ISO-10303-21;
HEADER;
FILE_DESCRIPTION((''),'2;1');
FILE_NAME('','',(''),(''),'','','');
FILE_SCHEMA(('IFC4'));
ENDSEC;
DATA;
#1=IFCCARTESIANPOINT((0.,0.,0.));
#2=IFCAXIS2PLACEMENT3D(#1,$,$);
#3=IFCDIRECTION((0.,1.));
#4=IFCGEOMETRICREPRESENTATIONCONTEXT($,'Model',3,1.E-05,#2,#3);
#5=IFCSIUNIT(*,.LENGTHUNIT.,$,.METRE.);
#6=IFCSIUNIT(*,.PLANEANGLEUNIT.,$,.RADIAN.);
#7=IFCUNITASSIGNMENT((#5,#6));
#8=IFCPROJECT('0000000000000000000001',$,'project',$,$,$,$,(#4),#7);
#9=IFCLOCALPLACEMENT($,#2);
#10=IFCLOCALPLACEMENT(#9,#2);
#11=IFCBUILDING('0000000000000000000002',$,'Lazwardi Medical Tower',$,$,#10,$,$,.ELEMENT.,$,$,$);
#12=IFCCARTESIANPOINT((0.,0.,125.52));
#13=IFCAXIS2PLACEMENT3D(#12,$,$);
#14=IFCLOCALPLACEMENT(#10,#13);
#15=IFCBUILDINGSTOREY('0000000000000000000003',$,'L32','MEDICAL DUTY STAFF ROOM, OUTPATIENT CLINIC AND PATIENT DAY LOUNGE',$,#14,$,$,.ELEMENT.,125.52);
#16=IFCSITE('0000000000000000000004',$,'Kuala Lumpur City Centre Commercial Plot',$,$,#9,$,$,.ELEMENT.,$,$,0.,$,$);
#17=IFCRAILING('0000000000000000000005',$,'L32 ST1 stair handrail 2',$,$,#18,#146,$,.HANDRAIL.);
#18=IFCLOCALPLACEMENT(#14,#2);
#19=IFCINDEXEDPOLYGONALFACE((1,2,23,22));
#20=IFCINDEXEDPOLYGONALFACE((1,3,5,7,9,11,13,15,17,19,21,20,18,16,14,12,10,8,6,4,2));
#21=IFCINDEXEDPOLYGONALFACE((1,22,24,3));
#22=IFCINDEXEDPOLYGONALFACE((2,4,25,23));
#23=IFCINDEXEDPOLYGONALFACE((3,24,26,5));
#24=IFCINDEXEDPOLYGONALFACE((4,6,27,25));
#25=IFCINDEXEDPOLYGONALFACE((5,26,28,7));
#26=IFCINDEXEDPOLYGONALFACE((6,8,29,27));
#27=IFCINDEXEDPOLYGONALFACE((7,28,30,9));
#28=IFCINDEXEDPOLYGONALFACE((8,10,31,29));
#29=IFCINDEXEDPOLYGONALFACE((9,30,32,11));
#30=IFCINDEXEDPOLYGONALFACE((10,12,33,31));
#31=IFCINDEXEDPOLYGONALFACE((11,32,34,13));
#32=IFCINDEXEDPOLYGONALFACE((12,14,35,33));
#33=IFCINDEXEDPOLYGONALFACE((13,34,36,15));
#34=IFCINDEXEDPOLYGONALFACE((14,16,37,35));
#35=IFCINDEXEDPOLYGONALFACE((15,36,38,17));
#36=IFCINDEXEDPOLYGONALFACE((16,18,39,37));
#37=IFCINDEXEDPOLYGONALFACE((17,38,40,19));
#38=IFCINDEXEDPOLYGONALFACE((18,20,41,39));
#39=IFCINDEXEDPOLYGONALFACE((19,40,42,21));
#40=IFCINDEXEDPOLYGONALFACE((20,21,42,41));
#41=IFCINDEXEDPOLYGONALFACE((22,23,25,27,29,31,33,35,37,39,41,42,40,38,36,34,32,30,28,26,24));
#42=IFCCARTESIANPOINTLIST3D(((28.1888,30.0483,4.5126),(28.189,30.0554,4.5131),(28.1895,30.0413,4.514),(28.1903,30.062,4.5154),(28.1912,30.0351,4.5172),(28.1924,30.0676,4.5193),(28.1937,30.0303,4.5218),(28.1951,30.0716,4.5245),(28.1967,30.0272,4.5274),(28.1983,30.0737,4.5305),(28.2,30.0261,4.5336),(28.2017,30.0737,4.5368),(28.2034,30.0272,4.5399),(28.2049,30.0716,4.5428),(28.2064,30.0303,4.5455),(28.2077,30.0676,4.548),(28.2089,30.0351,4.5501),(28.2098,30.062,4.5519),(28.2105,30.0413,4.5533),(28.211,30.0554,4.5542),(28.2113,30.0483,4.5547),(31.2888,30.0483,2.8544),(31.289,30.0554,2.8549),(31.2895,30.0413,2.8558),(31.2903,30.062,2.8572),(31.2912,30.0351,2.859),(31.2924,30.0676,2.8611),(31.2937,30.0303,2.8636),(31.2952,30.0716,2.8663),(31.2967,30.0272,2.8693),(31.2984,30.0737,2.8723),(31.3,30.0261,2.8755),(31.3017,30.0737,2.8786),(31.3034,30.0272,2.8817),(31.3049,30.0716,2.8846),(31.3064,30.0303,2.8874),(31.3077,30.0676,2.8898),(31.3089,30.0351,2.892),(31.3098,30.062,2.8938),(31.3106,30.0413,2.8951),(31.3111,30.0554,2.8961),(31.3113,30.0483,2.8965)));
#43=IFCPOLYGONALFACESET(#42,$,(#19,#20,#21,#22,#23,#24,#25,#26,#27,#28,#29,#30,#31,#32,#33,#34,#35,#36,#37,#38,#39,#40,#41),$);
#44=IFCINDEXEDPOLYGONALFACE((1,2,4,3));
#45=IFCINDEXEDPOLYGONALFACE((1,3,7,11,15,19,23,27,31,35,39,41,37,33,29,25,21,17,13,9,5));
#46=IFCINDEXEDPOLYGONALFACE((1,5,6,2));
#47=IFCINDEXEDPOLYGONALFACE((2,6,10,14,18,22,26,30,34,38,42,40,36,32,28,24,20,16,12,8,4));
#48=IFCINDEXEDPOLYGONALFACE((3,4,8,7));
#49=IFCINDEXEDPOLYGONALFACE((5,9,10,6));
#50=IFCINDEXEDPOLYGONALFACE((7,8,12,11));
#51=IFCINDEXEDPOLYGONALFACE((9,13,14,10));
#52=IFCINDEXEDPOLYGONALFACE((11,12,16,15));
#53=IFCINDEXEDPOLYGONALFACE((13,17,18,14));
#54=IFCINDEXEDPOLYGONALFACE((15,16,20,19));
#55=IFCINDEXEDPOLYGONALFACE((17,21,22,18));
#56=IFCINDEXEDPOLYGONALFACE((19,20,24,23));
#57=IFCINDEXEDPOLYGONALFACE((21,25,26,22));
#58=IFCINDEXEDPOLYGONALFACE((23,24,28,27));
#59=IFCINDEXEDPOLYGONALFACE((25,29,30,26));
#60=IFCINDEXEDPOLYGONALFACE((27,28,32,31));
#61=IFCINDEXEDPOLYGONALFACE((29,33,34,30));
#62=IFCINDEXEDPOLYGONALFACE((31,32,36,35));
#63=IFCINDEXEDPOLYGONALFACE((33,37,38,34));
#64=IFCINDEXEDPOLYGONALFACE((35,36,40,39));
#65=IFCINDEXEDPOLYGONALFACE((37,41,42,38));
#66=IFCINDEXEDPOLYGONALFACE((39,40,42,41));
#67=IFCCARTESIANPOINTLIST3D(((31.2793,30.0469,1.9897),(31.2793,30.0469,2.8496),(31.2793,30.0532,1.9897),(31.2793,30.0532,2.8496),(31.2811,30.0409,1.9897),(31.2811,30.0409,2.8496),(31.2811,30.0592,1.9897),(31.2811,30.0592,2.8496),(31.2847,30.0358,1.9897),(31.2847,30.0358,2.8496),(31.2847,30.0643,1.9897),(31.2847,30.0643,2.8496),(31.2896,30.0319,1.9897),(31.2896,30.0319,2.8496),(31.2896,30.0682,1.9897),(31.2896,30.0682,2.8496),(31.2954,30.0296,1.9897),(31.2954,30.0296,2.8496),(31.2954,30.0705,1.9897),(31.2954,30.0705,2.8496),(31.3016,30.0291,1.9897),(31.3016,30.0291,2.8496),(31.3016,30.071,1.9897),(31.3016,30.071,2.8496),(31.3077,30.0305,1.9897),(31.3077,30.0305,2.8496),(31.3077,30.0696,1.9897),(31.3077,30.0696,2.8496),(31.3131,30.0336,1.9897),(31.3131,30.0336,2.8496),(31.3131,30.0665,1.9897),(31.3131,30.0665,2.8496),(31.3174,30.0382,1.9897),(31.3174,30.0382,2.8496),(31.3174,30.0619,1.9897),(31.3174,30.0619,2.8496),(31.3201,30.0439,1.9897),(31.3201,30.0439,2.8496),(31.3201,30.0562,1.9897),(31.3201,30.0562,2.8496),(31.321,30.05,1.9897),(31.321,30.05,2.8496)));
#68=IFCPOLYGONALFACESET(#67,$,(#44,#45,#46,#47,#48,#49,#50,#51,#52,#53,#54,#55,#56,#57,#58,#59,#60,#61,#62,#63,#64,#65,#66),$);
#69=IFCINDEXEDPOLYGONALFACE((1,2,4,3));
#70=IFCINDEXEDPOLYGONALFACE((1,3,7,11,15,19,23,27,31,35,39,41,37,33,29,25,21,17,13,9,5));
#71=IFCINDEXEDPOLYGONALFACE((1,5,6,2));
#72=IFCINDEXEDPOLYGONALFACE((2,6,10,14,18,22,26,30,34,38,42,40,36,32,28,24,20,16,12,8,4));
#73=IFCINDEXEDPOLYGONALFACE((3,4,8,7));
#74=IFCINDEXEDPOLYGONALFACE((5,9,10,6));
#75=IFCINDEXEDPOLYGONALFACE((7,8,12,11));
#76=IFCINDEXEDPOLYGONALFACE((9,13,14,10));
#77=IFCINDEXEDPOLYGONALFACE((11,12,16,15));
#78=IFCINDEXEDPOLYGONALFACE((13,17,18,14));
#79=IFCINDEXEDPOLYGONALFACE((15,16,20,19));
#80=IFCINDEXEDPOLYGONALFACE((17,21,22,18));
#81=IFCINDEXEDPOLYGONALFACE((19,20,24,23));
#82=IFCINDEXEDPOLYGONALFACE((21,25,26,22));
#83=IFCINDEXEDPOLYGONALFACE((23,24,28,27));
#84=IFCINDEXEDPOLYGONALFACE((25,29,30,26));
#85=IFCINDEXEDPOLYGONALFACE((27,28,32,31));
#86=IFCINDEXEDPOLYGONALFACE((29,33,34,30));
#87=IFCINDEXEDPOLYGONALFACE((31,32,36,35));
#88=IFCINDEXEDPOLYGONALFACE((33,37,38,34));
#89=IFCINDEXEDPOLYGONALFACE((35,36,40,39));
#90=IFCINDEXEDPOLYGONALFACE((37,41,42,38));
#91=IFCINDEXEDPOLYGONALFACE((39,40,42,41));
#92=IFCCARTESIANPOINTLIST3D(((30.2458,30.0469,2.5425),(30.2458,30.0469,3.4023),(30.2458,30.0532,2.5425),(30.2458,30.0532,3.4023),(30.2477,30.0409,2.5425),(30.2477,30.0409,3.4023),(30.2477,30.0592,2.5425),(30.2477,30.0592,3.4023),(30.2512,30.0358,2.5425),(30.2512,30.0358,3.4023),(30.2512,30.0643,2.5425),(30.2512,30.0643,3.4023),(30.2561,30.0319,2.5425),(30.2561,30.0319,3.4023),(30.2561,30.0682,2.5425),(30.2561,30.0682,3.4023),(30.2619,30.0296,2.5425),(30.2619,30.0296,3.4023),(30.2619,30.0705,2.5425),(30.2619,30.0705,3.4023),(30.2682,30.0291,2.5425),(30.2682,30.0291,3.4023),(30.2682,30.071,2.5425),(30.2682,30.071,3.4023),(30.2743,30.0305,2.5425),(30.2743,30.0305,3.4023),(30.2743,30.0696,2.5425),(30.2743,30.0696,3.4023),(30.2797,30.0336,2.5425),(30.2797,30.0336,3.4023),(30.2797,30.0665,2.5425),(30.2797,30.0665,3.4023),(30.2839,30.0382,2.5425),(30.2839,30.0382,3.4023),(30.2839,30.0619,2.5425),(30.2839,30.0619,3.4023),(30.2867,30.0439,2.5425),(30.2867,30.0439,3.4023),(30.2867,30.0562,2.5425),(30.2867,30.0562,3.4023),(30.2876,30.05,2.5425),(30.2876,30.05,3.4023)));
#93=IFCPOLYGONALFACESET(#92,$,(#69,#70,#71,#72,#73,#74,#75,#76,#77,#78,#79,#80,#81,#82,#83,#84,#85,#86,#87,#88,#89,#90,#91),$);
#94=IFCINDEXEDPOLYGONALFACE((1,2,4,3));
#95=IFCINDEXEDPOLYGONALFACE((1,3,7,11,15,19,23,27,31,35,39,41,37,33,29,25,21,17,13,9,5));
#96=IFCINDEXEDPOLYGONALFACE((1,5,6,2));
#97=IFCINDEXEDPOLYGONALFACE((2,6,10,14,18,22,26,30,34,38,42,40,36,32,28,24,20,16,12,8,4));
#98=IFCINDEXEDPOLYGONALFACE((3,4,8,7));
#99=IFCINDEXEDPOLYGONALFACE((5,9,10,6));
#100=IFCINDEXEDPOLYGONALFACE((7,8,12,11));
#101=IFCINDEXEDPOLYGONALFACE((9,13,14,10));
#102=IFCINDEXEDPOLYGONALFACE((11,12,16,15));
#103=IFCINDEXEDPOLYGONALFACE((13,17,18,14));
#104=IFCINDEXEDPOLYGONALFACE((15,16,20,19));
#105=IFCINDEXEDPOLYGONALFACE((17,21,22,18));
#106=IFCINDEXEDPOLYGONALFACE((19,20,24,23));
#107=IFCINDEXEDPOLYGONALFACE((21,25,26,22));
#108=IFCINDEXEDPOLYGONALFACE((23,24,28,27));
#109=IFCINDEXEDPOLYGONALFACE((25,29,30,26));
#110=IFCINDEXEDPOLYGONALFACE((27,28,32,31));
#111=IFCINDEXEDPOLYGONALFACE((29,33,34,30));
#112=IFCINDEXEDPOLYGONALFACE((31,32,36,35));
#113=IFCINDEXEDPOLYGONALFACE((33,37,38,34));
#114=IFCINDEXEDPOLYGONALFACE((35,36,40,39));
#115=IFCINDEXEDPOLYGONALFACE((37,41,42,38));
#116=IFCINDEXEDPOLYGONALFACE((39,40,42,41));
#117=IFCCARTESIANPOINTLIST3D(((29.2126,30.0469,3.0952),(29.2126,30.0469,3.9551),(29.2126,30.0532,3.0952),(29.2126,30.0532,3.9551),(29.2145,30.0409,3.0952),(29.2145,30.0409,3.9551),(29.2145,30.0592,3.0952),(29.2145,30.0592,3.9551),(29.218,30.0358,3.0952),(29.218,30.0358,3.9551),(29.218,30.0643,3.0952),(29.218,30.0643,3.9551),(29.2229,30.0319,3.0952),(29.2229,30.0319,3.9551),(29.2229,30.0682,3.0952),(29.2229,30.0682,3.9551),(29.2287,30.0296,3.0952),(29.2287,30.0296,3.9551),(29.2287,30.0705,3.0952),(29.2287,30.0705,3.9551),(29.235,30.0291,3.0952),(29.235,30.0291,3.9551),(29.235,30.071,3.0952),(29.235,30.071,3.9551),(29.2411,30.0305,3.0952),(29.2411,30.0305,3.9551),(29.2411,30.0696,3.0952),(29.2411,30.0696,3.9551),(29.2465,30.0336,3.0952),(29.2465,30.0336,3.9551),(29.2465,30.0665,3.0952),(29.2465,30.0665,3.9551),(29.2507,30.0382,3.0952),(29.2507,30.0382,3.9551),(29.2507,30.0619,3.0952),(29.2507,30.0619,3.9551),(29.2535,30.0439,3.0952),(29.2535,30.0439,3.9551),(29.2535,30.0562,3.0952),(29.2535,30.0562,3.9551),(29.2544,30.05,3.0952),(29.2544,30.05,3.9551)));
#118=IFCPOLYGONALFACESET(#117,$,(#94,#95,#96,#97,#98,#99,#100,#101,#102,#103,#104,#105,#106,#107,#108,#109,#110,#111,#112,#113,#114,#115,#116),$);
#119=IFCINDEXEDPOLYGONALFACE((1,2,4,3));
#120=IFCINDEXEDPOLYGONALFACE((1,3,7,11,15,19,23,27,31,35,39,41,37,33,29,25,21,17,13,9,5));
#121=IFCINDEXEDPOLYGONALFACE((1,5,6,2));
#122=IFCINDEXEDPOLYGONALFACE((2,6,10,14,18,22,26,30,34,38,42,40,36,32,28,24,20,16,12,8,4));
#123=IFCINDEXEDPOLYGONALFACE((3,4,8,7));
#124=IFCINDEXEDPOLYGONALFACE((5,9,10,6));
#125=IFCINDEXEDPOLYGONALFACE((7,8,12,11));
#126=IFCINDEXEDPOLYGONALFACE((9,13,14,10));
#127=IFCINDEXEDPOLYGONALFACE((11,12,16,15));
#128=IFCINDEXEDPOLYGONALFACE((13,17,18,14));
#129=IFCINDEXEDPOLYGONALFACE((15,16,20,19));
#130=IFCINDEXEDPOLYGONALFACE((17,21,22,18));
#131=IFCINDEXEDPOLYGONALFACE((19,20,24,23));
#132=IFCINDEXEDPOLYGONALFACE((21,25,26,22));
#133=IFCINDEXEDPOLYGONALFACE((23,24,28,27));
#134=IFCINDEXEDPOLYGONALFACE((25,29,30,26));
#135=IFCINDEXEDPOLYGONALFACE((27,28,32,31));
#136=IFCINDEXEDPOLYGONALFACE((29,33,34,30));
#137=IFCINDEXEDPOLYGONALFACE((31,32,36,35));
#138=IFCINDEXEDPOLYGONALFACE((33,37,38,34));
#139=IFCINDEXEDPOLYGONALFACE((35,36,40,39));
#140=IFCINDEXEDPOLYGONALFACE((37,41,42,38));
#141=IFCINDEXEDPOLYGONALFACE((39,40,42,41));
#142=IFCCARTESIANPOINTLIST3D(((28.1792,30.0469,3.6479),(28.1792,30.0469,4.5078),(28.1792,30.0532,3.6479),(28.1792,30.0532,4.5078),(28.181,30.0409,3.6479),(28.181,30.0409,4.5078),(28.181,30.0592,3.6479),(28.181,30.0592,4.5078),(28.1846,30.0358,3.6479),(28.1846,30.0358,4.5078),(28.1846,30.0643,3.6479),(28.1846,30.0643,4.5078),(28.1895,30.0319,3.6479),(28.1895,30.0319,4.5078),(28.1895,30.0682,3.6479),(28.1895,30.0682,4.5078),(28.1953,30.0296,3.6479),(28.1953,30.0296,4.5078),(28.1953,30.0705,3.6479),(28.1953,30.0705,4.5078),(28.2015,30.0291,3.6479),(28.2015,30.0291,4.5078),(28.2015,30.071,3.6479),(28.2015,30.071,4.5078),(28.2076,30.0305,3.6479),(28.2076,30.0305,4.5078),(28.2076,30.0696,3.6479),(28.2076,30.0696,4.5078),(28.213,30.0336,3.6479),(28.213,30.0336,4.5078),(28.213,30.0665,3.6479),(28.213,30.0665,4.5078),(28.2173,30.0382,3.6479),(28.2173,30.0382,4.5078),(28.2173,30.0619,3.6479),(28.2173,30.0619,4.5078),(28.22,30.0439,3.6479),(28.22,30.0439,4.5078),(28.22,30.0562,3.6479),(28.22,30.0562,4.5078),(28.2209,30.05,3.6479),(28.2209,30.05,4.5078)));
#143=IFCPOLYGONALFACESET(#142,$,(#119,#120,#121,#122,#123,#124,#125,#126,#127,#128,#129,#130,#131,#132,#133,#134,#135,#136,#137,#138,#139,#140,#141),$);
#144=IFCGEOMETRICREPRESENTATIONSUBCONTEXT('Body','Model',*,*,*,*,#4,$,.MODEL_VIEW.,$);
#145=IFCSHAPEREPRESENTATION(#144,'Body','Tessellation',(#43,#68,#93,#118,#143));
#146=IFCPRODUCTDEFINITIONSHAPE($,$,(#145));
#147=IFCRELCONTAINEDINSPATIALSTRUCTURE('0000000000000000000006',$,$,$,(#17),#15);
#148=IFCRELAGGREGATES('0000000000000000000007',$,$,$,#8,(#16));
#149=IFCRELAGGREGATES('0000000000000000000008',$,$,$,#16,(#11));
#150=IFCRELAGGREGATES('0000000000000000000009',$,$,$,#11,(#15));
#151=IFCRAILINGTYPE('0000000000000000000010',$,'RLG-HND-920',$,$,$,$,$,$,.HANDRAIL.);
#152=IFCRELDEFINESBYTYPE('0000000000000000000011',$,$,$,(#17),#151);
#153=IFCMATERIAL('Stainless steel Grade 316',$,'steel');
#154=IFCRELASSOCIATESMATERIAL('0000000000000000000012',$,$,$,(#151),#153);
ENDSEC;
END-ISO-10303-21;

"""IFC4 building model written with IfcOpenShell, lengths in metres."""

from ifc_helpers import new_model, si_unit, direction, frame, origin, origin_2d, place, context, subcontext, project, spatial, circle, extrude, material, type_object, element, save


model = new_model("IFC4")

# Units and contexts
model_context = context("Model", 3, precision=1e-05, world=origin(), true_north=direction((0.0, 1.0)))
body_context = subcontext(model_context, "Body", "Model", "MODEL_VIEW")
ifc_project = project(units=[si_unit("LENGTHUNIT", "METRE"), si_unit("PLANEANGLEUNIT", "RADIAN")], contexts=[model_context])

# Site, building, storey
site_placement = place(None, origin())
site = spatial("IfcSite", under=ifc_project, at=site_placement, Name="Kuala Lumpur City Centre Commercial Plot", CompositionType="ELEMENT", RefElevation=0.0)
building_placement = place(site_placement, origin())
building = spatial("IfcBuilding", under=site, at=building_placement, Name="Lazwardi Medical Tower", CompositionType="ELEMENT")
storey_placement = place(building_placement, frame((0.0, 0.0, 125.52)))
storey = spatial("IfcBuildingStorey", under=building, at=storey_placement, Name="L32", Description="MEDICAL DUTY STAFF ROOM, OUTPATIENT CLINIC AND PATIENT DAY LOUNGE", CompositionType="ELEMENT", Elevation=125.52)

# Railing
ifc_material_1 = material(Name="Stainless steel Grade 316", Category="steel")
railing_type = type_object("IfcRailingType", Name="RLG-HND-920", PredefinedType="HANDRAIL", material=ifc_material_1)
railing_placement = place(storey_placement, frame((31.3, 30.05, 1.9897)))
element("IfcRailing", 1, at=railing_placement, inside=storey, type_object=railing_type, Name="L32 ST1 stair handrail 2", PredefinedType="HANDRAIL", context=body_context, shape_type="SweptSolid", body=[
    extrude(circle(Radius=0.0239, at=origin_2d()), frame((0.0, 0.0, 0.8857), z_axis=(-0.881783, 0.0, 0.471655), x_axis=(0.0, -1.0, 0.0)), (0.0, 0.0, 1.0), 3.5156),
    extrude(circle(Radius=0.021, at=origin_2d()), origin(), (0.0, 0.0, 1.0), 0.8599),
    extrude(circle(Radius=0.021, at=origin_2d()), frame((-1.0334, 0.0, 0.5527)), (0.0, 0.0, 1.0), 0.8599),
    extrude(circle(Radius=0.021, at=origin_2d()), frame((-2.0667, 0.0, 1.1055)), (0.0, 0.0, 1.0), 0.8599),
    extrude(circle(Radius=0.021, at=origin_2d()), frame((-3.1001, 0.0, 1.6582)), (0.0, 0.0, 1.0), 0.8599),
])

save(model, "model.ifc")
